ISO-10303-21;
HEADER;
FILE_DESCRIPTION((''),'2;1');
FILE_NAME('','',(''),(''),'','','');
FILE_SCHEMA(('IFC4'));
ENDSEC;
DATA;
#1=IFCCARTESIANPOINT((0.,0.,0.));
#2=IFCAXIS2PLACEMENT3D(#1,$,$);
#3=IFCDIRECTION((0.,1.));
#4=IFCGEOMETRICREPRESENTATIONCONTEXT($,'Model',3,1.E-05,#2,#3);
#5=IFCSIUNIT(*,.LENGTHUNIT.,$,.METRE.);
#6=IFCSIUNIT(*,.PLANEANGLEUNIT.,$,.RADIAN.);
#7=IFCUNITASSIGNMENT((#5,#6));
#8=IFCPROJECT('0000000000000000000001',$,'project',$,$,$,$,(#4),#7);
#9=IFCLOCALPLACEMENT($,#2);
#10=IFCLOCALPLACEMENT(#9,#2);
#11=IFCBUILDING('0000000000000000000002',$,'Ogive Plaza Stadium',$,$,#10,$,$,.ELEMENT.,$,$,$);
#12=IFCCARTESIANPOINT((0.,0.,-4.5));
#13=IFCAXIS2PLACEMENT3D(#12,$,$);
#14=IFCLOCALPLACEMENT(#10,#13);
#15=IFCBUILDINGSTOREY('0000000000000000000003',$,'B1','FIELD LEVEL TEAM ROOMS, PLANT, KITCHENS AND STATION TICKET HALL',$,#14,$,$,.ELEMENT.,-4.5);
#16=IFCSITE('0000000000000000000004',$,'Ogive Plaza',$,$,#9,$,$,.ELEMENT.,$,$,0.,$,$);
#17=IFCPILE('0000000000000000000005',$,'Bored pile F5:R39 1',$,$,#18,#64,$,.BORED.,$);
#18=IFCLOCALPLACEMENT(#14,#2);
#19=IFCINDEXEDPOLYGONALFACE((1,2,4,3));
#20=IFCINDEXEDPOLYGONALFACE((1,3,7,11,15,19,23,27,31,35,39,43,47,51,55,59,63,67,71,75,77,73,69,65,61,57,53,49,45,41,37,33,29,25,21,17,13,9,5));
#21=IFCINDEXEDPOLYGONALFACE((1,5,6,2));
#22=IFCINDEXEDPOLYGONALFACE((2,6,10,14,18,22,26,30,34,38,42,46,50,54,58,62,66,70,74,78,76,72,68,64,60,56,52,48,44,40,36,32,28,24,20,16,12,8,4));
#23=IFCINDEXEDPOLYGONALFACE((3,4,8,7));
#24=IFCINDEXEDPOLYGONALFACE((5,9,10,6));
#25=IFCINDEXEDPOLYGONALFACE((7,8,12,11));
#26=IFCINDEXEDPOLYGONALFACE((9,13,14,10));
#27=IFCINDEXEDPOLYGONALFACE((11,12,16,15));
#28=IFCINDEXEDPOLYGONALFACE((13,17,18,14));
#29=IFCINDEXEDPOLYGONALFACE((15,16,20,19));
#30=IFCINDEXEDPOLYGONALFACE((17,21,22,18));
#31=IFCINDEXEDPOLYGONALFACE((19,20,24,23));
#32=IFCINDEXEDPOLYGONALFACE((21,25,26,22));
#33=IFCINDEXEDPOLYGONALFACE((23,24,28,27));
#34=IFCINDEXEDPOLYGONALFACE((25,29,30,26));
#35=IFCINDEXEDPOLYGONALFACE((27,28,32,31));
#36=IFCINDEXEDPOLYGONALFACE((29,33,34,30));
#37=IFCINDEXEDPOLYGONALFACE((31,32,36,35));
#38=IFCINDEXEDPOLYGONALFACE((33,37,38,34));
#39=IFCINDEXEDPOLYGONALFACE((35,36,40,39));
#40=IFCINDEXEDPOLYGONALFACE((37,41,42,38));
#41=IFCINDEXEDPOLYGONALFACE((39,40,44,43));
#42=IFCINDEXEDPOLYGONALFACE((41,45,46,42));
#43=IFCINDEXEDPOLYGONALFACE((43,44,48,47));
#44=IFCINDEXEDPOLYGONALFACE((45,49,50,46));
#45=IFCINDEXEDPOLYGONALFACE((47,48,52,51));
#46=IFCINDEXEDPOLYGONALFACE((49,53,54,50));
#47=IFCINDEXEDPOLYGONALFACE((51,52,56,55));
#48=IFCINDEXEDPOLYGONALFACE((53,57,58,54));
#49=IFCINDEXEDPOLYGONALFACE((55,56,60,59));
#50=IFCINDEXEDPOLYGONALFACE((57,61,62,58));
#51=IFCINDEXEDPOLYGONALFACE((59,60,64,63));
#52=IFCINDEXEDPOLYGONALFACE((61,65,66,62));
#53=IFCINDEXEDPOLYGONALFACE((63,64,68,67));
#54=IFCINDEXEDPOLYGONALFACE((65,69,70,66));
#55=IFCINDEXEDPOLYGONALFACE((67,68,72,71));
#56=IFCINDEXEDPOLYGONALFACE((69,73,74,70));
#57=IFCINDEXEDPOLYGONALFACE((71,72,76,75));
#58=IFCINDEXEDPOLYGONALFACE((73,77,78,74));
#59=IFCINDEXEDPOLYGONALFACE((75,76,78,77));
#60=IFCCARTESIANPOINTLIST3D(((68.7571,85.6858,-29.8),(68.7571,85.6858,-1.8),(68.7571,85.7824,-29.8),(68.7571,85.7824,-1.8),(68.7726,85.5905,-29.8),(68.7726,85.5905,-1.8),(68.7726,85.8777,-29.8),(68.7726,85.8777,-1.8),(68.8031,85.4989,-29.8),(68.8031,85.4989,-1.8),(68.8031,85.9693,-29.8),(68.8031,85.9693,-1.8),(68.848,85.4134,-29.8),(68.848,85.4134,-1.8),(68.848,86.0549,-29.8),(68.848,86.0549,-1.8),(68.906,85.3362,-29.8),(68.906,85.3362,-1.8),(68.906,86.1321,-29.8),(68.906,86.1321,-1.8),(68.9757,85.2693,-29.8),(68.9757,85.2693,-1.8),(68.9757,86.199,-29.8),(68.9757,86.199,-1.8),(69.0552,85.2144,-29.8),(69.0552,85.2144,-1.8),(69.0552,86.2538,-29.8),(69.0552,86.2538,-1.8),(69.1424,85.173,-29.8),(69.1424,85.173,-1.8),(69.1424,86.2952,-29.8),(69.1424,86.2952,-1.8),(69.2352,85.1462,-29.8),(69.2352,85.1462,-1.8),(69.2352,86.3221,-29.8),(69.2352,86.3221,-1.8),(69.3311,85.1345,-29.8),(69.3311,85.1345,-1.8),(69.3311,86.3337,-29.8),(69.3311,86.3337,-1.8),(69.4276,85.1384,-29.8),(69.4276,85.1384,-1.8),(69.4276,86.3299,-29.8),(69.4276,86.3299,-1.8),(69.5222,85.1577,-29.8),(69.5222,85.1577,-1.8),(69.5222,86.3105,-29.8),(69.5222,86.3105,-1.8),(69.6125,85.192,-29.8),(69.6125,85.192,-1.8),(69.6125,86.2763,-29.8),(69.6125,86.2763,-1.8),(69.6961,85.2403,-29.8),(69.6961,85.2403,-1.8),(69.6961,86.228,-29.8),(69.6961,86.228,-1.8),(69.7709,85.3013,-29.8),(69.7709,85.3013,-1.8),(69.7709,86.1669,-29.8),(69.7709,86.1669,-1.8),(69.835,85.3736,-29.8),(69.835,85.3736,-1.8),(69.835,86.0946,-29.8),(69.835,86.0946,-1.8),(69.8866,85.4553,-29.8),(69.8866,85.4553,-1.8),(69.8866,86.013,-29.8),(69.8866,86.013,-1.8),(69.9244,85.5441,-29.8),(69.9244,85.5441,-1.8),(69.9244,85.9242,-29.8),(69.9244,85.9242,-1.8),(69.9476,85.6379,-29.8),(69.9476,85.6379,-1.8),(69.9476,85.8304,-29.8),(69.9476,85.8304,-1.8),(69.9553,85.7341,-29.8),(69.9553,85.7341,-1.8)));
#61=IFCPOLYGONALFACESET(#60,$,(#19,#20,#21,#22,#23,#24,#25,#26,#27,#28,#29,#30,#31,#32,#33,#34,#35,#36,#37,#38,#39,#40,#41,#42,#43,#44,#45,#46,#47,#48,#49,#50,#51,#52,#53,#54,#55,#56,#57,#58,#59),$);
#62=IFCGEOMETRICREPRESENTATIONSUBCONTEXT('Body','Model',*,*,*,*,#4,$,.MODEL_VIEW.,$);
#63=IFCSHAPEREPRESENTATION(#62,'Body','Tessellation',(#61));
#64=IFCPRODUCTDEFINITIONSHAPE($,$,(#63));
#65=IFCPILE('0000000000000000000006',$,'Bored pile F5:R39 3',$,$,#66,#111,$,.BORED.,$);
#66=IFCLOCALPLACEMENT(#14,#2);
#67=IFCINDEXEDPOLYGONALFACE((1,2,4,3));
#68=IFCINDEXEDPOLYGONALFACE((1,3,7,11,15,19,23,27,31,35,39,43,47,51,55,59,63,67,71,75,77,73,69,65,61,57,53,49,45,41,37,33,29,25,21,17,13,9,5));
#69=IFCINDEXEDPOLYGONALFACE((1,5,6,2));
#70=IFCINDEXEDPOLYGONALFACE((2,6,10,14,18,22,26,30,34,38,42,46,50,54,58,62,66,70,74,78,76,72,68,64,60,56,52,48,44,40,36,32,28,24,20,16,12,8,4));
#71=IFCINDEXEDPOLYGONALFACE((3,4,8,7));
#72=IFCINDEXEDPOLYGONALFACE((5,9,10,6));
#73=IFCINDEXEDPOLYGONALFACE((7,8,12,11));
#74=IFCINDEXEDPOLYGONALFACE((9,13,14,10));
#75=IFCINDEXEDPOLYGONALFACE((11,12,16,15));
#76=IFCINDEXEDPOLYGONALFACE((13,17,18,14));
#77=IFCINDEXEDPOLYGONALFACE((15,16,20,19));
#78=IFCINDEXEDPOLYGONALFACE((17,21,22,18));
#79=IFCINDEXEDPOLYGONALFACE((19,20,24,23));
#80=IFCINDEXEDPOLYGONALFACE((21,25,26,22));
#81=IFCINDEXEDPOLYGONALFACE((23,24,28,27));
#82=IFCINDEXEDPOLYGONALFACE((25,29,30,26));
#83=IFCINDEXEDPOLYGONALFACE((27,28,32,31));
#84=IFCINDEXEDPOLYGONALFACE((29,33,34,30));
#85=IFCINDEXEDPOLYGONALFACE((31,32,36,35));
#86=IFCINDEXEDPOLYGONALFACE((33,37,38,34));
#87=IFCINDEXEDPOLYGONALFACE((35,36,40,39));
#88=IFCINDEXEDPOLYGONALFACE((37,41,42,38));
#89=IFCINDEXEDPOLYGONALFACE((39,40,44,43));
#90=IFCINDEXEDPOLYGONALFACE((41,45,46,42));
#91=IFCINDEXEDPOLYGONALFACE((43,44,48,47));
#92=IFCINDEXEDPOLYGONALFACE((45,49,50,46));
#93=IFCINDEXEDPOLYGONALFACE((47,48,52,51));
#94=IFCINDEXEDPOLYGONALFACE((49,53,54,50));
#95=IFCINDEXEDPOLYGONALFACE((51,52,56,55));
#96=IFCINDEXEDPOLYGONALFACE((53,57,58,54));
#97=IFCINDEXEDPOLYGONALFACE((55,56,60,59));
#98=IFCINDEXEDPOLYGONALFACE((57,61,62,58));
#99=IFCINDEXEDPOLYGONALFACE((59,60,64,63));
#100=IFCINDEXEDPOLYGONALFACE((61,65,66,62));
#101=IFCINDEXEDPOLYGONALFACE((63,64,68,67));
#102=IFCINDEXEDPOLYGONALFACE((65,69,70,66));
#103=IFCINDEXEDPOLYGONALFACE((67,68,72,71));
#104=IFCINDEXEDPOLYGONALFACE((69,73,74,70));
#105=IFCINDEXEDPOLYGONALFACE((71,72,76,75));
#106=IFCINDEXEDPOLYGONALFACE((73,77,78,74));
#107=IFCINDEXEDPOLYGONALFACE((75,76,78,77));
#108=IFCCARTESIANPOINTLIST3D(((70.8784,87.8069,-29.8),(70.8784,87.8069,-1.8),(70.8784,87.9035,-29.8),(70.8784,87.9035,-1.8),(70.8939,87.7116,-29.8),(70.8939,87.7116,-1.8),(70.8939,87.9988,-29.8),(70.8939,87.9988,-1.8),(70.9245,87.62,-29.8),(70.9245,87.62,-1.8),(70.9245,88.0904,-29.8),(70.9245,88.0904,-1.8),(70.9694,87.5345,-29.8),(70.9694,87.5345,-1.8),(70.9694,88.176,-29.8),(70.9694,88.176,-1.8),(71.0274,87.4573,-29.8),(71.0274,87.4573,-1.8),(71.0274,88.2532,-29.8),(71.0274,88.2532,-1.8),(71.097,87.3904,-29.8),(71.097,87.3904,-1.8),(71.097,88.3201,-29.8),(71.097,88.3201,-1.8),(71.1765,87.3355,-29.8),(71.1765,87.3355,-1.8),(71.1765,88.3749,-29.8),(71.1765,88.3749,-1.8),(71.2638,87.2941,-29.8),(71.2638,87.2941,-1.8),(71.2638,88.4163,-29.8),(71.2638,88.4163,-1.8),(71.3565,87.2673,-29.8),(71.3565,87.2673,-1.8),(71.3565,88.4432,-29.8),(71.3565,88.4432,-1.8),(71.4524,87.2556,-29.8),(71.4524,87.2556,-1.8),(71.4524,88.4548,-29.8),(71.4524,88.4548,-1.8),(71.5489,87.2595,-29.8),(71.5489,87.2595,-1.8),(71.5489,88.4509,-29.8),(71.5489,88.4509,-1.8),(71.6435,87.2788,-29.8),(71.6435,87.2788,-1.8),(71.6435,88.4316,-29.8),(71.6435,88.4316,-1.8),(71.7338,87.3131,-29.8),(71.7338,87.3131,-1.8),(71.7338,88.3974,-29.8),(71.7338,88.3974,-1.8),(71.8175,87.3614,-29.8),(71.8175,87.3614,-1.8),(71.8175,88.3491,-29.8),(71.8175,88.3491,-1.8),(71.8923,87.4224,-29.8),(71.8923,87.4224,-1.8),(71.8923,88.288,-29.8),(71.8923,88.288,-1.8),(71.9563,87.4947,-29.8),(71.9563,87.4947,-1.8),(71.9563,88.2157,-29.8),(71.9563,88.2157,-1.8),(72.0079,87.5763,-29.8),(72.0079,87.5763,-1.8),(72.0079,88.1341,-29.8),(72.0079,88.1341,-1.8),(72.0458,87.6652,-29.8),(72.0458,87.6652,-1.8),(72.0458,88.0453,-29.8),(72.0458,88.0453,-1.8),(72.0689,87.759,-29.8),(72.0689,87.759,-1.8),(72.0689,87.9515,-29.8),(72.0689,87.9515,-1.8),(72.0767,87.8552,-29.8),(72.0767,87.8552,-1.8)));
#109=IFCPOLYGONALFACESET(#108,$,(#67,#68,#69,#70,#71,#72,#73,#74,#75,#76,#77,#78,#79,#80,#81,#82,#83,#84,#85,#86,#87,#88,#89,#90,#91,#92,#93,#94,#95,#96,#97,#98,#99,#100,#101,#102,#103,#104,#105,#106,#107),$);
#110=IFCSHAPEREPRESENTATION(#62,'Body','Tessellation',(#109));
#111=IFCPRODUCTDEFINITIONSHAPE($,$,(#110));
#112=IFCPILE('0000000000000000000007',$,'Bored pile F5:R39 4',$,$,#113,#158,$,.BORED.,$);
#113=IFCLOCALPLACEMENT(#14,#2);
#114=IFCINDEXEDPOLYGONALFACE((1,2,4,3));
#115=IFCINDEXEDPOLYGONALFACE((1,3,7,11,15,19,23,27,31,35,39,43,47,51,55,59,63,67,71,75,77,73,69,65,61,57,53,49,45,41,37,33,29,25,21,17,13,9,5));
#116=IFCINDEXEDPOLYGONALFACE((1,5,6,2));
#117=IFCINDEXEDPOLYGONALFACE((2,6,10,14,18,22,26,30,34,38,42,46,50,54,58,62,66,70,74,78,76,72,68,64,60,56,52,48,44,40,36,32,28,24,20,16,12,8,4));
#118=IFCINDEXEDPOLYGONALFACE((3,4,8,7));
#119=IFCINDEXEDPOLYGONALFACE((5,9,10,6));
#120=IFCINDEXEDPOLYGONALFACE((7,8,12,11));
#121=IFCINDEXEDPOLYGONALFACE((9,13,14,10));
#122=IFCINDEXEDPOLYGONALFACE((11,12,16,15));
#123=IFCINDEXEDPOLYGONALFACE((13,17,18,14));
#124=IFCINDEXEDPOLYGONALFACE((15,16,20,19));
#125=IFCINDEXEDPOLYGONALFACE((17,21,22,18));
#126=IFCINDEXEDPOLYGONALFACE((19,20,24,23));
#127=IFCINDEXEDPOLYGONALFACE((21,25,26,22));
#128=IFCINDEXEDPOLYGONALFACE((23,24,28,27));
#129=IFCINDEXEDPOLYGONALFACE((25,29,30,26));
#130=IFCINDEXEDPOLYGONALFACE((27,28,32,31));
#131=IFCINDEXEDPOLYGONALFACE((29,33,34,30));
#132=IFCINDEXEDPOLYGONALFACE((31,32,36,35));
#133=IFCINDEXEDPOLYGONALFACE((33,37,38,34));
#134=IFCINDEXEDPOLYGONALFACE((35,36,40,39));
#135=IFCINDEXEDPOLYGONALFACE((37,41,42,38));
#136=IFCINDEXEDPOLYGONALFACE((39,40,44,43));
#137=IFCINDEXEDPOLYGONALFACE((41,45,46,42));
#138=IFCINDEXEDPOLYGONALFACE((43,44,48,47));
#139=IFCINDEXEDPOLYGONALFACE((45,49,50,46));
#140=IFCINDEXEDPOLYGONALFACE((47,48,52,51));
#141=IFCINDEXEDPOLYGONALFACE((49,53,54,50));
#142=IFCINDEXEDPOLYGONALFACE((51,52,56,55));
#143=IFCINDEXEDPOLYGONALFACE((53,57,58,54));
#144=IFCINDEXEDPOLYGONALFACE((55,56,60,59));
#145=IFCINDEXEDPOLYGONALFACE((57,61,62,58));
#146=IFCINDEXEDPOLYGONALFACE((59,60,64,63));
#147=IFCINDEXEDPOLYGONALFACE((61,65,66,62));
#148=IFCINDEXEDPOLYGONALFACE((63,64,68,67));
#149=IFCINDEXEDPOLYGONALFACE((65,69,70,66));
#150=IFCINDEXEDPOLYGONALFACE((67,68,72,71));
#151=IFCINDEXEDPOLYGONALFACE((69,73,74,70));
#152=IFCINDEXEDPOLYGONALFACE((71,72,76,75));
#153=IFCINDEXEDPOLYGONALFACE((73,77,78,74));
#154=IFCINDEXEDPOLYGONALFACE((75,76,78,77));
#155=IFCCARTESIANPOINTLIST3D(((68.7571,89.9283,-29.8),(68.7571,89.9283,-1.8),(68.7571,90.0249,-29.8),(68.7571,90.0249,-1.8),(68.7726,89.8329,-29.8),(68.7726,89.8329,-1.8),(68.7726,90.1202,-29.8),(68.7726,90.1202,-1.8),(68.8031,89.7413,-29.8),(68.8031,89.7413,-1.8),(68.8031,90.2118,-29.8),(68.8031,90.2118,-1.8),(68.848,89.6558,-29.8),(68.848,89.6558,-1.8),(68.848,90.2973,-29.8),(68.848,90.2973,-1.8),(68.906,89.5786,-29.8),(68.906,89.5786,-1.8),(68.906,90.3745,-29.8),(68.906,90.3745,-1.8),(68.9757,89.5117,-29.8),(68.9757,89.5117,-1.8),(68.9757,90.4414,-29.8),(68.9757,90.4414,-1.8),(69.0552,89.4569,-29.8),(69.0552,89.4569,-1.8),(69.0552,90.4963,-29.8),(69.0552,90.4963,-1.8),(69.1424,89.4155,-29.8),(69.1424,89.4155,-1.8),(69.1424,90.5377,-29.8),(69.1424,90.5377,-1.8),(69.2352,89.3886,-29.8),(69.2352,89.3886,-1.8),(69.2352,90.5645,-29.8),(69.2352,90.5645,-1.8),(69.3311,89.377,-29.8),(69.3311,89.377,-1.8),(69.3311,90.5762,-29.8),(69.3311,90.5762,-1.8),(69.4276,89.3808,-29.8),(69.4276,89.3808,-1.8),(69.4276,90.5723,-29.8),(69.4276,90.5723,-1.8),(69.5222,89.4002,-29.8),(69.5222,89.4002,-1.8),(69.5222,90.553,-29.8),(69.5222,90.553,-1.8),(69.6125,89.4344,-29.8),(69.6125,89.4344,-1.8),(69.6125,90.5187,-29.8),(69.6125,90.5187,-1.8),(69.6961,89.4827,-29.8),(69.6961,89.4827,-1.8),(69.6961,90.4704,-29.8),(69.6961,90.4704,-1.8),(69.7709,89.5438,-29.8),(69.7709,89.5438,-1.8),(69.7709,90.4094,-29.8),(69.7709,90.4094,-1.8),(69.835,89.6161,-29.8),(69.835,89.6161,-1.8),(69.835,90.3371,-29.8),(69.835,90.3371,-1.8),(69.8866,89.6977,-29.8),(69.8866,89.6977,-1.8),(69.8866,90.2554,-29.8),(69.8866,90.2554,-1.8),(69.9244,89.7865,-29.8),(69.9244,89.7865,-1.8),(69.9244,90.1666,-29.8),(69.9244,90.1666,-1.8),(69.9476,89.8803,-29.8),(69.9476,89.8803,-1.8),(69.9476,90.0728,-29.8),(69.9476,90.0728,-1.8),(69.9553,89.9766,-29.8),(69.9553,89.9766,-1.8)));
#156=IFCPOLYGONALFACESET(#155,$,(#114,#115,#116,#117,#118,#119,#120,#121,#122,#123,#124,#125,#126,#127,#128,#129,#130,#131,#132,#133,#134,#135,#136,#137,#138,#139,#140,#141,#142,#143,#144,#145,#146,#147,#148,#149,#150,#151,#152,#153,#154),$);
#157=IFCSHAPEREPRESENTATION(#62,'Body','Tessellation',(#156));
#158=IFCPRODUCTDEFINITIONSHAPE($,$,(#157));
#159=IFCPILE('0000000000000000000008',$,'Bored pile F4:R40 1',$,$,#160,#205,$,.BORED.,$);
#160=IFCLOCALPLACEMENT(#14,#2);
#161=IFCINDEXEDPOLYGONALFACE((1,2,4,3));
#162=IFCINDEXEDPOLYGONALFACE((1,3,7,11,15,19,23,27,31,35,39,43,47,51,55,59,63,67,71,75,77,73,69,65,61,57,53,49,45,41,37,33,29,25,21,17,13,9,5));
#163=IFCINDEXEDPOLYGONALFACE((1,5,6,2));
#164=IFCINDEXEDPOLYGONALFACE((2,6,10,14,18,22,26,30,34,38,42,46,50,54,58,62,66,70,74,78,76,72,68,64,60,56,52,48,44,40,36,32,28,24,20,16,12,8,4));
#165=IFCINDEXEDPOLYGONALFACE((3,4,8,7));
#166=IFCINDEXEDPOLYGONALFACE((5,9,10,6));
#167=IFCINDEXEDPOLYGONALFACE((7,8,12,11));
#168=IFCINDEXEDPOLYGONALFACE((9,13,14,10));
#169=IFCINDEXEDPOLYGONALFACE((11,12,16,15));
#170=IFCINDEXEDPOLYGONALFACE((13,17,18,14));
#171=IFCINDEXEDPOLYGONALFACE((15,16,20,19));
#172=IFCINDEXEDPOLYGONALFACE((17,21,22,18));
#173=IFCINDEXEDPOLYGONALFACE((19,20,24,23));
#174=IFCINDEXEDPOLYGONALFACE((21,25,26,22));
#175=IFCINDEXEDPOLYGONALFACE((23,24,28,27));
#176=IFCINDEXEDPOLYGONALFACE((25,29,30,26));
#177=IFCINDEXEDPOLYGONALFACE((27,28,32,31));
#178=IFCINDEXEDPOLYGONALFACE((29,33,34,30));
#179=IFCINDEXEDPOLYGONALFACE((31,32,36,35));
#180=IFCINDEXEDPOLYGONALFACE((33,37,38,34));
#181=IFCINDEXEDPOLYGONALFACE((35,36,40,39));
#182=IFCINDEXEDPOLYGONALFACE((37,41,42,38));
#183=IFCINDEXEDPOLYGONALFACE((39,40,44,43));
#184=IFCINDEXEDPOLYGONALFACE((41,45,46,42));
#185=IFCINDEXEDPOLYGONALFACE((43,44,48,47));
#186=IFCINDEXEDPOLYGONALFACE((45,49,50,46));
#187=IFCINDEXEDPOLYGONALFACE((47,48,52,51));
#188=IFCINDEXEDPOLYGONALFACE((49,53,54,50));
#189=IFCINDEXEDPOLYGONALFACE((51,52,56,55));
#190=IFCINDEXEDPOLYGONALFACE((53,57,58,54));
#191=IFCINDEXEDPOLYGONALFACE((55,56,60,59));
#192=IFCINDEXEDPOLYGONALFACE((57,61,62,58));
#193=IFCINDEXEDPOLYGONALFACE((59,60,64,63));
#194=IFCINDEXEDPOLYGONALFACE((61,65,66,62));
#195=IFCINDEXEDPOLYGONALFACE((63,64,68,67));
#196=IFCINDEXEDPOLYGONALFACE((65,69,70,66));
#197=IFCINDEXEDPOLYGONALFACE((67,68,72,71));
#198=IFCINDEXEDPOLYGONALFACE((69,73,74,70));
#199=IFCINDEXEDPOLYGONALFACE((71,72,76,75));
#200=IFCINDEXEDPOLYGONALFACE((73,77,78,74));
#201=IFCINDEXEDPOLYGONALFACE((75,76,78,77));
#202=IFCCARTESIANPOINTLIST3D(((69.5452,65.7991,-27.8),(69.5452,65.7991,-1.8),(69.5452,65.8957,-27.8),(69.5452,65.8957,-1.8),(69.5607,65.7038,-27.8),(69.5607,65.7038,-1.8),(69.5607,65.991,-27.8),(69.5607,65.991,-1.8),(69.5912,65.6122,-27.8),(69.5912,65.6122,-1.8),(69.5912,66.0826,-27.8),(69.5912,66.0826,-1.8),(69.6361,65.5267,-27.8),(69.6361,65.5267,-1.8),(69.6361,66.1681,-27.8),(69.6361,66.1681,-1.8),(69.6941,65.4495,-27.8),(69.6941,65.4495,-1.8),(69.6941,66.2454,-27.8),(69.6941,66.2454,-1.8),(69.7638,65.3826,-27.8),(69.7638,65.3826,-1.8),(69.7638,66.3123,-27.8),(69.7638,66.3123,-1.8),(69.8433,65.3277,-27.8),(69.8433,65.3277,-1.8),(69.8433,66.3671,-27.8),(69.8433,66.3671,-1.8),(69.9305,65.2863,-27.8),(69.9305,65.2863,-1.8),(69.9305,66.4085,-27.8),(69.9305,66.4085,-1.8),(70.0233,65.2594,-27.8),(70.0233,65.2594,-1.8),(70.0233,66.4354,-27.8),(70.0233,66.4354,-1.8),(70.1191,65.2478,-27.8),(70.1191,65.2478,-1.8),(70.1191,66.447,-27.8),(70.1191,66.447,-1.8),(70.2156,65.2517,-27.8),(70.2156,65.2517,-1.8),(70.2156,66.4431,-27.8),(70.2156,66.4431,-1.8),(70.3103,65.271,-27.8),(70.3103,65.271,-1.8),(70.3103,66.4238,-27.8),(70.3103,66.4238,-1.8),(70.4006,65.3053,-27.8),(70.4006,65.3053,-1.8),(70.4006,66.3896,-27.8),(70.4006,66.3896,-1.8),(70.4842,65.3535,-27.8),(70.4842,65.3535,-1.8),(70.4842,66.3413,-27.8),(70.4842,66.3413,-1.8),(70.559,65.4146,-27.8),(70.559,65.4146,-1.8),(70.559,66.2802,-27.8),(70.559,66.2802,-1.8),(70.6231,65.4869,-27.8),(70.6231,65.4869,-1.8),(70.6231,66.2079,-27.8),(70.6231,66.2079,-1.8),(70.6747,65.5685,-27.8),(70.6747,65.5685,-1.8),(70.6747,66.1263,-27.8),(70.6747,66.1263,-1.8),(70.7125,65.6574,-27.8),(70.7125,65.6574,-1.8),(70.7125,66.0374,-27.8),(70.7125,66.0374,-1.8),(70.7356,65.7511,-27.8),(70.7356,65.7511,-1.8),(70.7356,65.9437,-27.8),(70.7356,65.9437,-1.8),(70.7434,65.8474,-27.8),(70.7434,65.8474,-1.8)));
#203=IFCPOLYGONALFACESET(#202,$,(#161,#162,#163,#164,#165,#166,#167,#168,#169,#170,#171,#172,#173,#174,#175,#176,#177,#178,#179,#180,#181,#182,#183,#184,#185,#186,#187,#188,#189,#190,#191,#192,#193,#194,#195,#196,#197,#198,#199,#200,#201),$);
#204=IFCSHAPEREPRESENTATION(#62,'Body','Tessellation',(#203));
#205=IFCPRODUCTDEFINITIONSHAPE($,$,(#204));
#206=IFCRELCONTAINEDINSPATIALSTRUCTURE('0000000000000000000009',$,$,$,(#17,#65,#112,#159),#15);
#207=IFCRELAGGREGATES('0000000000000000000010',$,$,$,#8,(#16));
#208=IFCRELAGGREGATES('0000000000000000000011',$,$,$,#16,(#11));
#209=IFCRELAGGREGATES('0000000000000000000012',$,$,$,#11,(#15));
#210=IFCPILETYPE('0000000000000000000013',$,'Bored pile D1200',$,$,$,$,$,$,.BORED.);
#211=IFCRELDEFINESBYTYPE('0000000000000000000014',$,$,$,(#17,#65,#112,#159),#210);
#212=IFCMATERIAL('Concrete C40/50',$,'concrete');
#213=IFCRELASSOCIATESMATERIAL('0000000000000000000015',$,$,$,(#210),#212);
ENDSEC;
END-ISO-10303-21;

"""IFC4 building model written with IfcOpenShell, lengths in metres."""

from ifc_helpers import new_model, si_unit, direction, frame, origin, origin_2d, place, context, subcontext, project, spatial, circle, extrude, material, material_profile, profile_set, type_object, element, save


model = new_model("IFC4")

# Units and contexts
model_context = context("Model", 3, precision=1e-05, world=origin(), true_north=direction((0.0, 1.0)))
body_context = subcontext(model_context, "Body", "Model", "MODEL_VIEW")
ifc_project = project(units=[si_unit("LENGTHUNIT", "METRE"), si_unit("PLANEANGLEUNIT", "RADIAN")], contexts=[model_context])

# Site, building, storey
site_placement = place(None, origin())
site = spatial("IfcSite", under=ifc_project, at=site_placement, Name="Ogive Plaza", CompositionType="ELEMENT", RefElevation=0.0)
building_placement = place(site_placement, origin())
building = spatial("IfcBuilding", under=site, at=building_placement, Name="Ogive Plaza Stadium", CompositionType="ELEMENT")
storey_placement = place(building_placement, frame((0.0, 0.0, -4.5)))
storey = spatial("IfcBuildingStorey", under=building, at=storey_placement, Name="B1", Description="FIELD LEVEL TEAM ROOMS, PLANT, KITCHENS AND STATION TICKET HALL", CompositionType="ELEMENT", Elevation=-4.5)

# Piles
ifc_material_1 = material(Name="Concrete C40/50", Category="concrete")
ifc_material_profile_1 = material_profile(ifc_material_1, circle(Radius=0.6001, at=origin_2d()), Name="RC D1200")
ifc_profile_set_1 = profile_set([ifc_material_profile_1], Name="Concrete C40/50")
pile_type_1 = type_object("IfcPileType", Name="Bored pile D1200", PredefinedType="BORED", material=ifc_profile_set_1)
for number, where, z_axis, x_axis, name in (
    (1, (69.3552, 85.7341, -1.8), (0.0, 0.0, -1.0), (1.0, 0.0, 0.0), "Bored pile F5:R39 1"),
    (2, (71.4766, 87.8552, -1.8), (0.0, 0.0, -1.0), (1.0, 0.0, 0.0), "Bored pile F5:R39 3"),
    (3, (69.3552, 89.9766, -1.8), (0.0, 0.0, -1.0), (1.0, 0.0, 0.0), "Bored pile F5:R39 4"),
):
    element("IfcPile", number, at=place(storey_placement, frame(where, z_axis=z_axis, x_axis=x_axis)), inside=storey, type_object=pile_type_1, Name=name, PredefinedType="BORED", context=body_context, shape_type="SweptSolid", body=[
        extrude(circle(Radius=0.6001, at=origin_2d()), origin(), (0.0, 0.0, 1.0), 28.0),
    ])
for number, where, z_axis, x_axis, name in (
    (4, (70.1433, 65.8474, -1.8), (0.0, 0.0, -1.0), (1.0, 0.0, 0.0), "Bored pile F4:R40 1"),
):
    element("IfcPile", number, at=place(storey_placement, frame(where, z_axis=z_axis, x_axis=x_axis)), inside=storey, type_object=pile_type_1, Name=name, PredefinedType="BORED", context=body_context, shape_type="SweptSolid", body=[
        extrude(circle(Radius=0.6001, at=origin_2d()), origin(), (0.0, 0.0, 1.0), 26.0),
    ])

save(model, "model.ifc")
